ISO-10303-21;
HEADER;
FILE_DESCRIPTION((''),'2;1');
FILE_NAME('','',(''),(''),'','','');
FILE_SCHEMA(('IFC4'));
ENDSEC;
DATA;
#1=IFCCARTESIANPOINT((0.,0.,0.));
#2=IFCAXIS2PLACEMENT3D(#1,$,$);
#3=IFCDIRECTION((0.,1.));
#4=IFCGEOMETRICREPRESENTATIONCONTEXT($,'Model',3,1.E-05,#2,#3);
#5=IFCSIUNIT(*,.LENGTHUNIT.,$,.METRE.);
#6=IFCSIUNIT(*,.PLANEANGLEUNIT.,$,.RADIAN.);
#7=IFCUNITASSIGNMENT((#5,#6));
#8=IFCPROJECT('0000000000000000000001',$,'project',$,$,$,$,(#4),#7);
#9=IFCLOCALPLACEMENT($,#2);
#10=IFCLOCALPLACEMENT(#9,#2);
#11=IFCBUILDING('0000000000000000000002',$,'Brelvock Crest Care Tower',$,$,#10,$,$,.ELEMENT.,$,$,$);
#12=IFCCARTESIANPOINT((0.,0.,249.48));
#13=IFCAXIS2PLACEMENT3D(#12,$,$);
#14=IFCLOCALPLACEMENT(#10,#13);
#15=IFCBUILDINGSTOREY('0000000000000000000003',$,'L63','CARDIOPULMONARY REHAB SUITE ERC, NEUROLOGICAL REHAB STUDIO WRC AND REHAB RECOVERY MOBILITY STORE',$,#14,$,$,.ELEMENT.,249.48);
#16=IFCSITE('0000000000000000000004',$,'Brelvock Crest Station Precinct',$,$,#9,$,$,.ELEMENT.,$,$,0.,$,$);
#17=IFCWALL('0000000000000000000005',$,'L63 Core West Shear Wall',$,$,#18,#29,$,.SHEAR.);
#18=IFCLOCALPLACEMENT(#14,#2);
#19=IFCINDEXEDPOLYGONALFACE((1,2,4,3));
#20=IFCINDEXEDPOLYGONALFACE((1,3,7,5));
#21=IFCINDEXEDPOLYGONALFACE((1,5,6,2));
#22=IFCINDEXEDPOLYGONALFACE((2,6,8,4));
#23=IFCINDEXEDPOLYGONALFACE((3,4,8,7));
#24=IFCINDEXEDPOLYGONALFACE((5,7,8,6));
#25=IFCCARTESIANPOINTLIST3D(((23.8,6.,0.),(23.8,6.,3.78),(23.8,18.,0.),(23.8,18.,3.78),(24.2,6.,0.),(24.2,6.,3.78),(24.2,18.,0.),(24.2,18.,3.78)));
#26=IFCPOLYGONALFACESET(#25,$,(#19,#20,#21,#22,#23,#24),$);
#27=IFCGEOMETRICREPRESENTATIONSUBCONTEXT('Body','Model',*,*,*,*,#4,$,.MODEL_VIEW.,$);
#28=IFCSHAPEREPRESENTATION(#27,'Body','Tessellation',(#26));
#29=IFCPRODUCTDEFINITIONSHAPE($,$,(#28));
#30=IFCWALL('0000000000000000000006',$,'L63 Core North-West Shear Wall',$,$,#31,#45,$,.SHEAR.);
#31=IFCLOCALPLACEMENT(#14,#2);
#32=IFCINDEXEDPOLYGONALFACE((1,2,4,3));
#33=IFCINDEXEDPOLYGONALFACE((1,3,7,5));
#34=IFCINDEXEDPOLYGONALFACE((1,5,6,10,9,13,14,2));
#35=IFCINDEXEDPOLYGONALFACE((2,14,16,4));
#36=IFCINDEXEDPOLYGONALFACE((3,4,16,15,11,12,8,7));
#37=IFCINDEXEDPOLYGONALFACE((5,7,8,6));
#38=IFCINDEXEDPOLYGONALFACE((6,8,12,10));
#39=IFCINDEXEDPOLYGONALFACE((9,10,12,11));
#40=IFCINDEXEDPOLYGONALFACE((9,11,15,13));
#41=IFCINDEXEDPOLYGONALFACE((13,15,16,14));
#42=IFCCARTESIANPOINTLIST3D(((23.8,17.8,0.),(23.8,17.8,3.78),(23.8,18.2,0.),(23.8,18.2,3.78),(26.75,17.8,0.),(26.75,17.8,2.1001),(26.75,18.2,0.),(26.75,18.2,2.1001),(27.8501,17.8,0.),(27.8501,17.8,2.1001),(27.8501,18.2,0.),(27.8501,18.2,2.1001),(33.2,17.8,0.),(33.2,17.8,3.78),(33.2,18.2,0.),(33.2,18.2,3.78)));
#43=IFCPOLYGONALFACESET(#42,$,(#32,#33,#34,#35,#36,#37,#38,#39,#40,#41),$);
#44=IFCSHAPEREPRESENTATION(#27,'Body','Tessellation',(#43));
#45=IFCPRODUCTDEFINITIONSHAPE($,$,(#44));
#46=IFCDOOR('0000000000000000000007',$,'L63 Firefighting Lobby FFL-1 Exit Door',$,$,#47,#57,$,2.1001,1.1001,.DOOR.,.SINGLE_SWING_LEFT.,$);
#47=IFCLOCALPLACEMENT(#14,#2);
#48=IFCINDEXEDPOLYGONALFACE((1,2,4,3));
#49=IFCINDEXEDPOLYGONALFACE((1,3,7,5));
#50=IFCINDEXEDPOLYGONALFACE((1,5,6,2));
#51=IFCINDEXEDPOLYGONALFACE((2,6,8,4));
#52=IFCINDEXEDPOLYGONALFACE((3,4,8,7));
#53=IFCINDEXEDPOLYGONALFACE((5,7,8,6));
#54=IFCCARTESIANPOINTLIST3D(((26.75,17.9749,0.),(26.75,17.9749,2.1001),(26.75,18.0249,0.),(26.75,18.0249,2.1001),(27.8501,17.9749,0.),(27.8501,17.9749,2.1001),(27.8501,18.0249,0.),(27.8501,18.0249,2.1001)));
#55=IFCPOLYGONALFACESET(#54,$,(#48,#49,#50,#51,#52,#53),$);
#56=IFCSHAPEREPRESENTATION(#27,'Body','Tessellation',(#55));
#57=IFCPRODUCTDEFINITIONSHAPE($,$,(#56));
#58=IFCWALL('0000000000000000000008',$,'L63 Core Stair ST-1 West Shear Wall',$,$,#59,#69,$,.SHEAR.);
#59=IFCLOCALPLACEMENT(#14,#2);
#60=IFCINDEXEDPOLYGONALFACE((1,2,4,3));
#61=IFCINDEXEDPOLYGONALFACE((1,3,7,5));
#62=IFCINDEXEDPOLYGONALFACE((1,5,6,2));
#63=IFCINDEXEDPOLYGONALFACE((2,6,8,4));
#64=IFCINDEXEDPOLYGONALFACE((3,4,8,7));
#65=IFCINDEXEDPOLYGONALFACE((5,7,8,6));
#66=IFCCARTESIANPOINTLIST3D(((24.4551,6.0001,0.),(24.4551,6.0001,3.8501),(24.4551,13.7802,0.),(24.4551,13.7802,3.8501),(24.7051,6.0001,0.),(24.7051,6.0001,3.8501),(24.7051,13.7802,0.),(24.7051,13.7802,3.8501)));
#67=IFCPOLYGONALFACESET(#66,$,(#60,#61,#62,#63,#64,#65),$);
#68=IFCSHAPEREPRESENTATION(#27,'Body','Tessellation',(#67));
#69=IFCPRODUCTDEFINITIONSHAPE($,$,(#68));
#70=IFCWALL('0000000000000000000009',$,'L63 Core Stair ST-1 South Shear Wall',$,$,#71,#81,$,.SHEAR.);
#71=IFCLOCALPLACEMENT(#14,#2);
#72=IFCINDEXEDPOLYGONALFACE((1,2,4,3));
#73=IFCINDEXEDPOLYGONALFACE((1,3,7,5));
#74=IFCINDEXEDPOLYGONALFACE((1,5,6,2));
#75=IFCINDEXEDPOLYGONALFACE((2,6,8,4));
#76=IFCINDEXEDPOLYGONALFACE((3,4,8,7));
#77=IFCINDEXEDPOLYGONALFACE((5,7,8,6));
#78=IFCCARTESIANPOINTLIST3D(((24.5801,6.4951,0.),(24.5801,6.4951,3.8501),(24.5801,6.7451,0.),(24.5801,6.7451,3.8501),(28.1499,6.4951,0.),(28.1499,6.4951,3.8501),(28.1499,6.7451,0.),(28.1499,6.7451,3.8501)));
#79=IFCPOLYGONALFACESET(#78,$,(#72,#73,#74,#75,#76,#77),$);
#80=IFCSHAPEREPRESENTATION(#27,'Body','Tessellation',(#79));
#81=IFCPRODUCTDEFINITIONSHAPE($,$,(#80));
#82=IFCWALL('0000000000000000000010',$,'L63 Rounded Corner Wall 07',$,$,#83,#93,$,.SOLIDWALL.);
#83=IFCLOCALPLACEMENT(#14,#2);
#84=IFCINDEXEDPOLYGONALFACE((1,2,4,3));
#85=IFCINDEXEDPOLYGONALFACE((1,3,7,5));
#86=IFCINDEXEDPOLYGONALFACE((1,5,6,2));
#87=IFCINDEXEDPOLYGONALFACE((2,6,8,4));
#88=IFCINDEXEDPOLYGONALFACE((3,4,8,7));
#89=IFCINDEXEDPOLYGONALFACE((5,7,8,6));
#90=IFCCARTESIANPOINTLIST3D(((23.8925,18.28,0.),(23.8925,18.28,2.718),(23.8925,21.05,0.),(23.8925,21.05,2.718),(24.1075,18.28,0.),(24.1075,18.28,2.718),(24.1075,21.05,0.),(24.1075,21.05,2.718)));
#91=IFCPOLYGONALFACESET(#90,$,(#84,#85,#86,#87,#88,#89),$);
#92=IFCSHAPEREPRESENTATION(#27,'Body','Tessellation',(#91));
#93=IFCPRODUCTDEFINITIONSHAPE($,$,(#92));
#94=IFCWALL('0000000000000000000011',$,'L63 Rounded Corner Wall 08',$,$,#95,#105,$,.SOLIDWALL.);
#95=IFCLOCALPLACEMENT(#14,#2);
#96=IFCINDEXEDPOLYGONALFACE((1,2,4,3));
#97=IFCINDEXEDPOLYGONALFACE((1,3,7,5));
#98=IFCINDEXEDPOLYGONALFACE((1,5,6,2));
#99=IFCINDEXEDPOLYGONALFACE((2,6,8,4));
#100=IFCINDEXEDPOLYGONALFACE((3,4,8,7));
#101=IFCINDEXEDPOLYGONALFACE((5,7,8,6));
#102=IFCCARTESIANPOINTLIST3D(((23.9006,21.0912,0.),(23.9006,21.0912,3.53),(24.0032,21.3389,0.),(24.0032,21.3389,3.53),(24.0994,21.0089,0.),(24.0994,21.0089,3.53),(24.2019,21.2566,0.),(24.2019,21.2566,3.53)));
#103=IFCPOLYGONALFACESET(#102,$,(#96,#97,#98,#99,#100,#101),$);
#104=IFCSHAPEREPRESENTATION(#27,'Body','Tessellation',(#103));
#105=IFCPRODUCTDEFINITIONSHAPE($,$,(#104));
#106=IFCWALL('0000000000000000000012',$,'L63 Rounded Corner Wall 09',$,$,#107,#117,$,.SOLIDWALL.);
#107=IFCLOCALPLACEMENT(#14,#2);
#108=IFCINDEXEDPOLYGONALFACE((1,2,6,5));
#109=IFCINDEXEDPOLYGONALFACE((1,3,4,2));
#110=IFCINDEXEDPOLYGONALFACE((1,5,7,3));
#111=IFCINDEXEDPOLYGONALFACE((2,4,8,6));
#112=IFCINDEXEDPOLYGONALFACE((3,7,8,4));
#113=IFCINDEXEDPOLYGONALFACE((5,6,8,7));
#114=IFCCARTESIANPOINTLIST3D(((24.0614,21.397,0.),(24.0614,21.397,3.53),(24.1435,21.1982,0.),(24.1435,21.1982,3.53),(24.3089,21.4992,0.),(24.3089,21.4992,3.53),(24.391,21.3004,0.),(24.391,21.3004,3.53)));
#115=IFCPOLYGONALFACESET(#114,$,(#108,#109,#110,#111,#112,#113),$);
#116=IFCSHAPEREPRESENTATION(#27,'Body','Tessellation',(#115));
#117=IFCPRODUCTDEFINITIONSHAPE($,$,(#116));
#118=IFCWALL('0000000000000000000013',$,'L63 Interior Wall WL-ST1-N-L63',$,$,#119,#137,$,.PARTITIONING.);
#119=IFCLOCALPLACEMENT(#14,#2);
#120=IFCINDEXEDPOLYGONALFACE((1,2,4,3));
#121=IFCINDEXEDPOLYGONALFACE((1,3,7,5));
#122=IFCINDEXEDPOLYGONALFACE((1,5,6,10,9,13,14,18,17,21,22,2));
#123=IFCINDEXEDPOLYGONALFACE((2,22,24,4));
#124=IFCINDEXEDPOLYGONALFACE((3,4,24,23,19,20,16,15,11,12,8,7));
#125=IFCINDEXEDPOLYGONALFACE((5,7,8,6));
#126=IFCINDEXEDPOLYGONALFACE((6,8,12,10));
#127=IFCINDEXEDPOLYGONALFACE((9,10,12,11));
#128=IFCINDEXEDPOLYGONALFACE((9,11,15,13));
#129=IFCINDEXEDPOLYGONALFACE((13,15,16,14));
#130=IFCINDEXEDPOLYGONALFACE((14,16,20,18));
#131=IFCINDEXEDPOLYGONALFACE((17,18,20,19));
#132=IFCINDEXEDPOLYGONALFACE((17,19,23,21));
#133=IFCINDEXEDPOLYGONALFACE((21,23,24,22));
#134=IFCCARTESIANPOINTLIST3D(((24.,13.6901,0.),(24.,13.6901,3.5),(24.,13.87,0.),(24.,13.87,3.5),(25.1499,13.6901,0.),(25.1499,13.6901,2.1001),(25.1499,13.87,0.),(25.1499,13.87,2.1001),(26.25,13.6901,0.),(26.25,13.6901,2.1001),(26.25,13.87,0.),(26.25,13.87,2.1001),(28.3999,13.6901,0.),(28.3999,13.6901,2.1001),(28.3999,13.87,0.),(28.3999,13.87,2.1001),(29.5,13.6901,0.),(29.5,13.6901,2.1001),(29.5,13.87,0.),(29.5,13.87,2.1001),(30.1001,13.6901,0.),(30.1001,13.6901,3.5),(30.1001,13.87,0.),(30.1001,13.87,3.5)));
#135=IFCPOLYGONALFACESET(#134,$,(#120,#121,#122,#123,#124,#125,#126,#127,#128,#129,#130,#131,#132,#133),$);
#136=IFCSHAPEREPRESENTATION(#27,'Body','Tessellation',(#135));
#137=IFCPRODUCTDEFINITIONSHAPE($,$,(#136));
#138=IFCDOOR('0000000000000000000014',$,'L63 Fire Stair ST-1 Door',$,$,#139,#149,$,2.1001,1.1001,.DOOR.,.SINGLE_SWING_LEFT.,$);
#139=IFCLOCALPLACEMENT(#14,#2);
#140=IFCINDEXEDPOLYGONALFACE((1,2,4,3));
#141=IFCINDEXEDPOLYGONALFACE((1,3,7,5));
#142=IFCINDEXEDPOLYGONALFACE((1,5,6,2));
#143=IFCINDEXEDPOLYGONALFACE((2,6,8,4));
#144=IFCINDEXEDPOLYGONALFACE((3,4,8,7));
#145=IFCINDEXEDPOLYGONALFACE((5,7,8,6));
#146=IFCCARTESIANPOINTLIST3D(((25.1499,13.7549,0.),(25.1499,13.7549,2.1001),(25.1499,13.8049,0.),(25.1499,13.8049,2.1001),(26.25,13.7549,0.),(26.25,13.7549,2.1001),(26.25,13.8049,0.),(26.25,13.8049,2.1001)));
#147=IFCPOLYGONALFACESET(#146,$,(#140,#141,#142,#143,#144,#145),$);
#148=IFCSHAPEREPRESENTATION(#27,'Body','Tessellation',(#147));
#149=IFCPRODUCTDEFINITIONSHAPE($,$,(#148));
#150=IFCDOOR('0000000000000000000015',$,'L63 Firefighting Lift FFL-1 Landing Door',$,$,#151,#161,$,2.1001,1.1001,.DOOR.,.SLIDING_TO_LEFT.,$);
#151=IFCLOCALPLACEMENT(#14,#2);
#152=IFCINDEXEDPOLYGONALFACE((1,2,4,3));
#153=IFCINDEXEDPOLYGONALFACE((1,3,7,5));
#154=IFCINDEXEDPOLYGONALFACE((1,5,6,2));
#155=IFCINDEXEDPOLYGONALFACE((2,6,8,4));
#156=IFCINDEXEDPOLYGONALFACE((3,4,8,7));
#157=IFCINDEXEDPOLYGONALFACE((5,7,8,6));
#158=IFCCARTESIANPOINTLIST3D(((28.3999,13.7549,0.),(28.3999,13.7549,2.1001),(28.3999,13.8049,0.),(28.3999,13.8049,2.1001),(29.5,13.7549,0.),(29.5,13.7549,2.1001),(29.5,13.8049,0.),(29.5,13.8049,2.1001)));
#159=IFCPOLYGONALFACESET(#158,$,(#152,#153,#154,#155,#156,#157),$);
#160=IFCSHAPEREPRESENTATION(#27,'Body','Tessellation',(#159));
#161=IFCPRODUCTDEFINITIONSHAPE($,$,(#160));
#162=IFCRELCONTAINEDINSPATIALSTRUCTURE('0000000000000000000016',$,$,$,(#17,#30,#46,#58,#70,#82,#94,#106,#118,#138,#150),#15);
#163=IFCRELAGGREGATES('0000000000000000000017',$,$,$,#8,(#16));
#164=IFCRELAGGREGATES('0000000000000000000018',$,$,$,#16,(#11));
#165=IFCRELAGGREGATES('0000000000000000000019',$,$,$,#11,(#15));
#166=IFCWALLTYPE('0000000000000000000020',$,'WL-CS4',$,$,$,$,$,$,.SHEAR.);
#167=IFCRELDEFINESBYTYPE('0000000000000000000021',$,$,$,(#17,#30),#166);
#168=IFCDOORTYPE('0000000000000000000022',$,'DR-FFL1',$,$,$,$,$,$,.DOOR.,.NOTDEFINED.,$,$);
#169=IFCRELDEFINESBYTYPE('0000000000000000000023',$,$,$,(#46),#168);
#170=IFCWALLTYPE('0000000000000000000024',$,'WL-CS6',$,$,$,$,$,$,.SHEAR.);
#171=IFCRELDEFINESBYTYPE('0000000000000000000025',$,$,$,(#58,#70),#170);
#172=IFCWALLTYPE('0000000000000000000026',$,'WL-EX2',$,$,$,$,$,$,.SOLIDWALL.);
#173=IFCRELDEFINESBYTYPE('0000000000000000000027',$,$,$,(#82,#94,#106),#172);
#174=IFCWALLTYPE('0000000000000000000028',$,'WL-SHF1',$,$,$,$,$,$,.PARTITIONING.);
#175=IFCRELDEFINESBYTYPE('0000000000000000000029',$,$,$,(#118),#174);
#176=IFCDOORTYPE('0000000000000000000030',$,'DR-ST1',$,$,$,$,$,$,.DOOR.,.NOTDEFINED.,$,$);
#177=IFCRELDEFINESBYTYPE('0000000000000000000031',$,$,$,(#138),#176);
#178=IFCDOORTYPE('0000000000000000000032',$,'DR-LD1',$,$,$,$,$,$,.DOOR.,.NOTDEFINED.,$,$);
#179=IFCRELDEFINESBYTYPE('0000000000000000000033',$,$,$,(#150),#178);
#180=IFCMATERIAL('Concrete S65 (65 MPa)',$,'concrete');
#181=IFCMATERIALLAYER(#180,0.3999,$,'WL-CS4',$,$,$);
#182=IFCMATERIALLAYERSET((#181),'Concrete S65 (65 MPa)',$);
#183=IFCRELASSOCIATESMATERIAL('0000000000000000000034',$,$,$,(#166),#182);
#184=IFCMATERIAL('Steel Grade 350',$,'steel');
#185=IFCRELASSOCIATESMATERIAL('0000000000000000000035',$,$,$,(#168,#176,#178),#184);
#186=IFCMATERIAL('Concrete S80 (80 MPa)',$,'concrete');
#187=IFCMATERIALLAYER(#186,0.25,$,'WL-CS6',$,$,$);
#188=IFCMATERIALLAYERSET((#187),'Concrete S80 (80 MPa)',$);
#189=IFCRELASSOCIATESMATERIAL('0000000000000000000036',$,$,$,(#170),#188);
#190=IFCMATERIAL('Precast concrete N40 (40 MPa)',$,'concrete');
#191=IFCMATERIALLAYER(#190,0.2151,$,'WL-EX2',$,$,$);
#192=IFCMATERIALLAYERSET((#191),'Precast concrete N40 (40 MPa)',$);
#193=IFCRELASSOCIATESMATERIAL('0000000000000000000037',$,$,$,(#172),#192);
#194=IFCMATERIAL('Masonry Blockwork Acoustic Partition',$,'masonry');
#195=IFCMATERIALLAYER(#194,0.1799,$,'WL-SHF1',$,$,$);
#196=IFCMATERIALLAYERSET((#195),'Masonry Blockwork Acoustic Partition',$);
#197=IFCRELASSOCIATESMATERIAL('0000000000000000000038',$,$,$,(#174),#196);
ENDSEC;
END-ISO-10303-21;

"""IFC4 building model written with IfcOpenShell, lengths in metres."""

from ifc_helpers import new_model, si_unit, direction, frame, frame_2d, origin, origin_2d, place, context, subcontext, project, spatial, rectangle, extrude, source, transform, mapped, material, layer, layer_set, type_object, element, fill, save


model = new_model("IFC4")

# Units and contexts
model_context = context("Model", 3, precision=1e-05, world=origin(), true_north=direction((0.0, 1.0)))
body_context = subcontext(model_context, "Body", "Model", "MODEL_VIEW")
ifc_project = project(units=[si_unit("LENGTHUNIT", "METRE"), si_unit("PLANEANGLEUNIT", "RADIAN")], contexts=[model_context])

# Site, building, storey
site_placement = place(None, origin())
site = spatial("IfcSite", under=ifc_project, at=site_placement, Name="Brelvock Crest Station Precinct", CompositionType="ELEMENT", RefElevation=0.0)
building_placement = place(site_placement, origin())
building = spatial("IfcBuilding", under=site, at=building_placement, Name="Brelvock Crest Care Tower", CompositionType="ELEMENT")
storey_placement = place(building_placement, frame((0.0, 0.0, 249.48)))
storey = spatial("IfcBuildingStorey", under=building, at=storey_placement, Name="L63", Description="CARDIOPULMONARY REHAB SUITE ERC, NEUROLOGICAL REHAB STUDIO WRC AND REHAB RECOVERY MOBILITY STORE", CompositionType="ELEMENT", Elevation=249.48)

# Shared definitions
ifc_material_1 = material(Name="Concrete S65 (65 MPa)", Category="concrete")

# Shared definitions
ifc_material_2 = material(Name="Steel Grade 350", Category="steel")

# Wall
ifc_layer_1 = layer(ifc_material_1, 0.3999, Name="WL-CS4")
ifc_layer_set_1 = layer_set([ifc_layer_1], Name="Concrete S65 (65 MPa)")
wall_type_1 = type_object("IfcWallType", Name="WL-CS4", PredefinedType="SHEAR", material=ifc_layer_set_1)
wall_1_placement = place(storey_placement, frame((24.0, 6.0, 0.0), z_axis=(0.0, 0.0, 1.0), x_axis=(0.0, 1.0, 0.0)))
element("IfcWall", 1, at=wall_1_placement, inside=storey, type_object=wall_type_1, Name="L63 Core West Shear Wall", PredefinedType="SHEAR", context=body_context, shape_type="SweptSolid", body=[
    extrude(rectangle(XDim=12.0, YDim=0.3999, at=frame_2d((6.0, 0.0))), origin(), (0.0, 0.0, 1.0), 3.78),
])

# Wall, opening, door
wall_2_placement = place(storey_placement, frame((23.8, 18.0, 0.0), z_axis=(0.0, 0.0, 1.0), x_axis=(1.0, 0.0, 0.0)))
wall_2 = element("IfcWall", 2, at=wall_2_placement, inside=storey, type_object=wall_type_1, Name="L63 Core North-West Shear Wall", PredefinedType="SHEAR", context=body_context, shape_type="SweptSolid", body=[
    extrude(rectangle(XDim=9.3999, YDim=0.3999, at=frame_2d((4.7, 0.0))), origin(), (0.0, 0.0, 1.0), 3.78),
])
opening_1_placement = place(wall_2_placement, frame((2.95, 0.0, 0.0)))
opening_1 = element("IfcOpeningElement", 3, at=opening_1_placement, cuts=wall_2, PredefinedType="OPENING", context=body_context, shape_type="SweptSolid", body=[
    extrude(rectangle(XDim=1.1001, YDim=2.1001, at=origin_2d()), frame((0.55, 0.21, 1.05), z_axis=(0.0, -1.0, 0.0), x_axis=(1.0, 0.0, 0.0)), (0.0, 0.0, 1.0), 0.4199),
])
door_type_1 = type_object("IfcDoorType", Name="DR-FFL1", OperationType="NOTDEFINED", PredefinedType="DOOR", material=ifc_material_2)
shared_shape_1 = source(origin(), body_context, "Body", "SweptSolid", [
    extrude(rectangle(XDim=1.1001, YDim=2.1001, at=origin_2d()), frame((0.55, 0.0249, 1.05), z_axis=(0.0, -1.0, 0.0), x_axis=(1.0, 0.0, 0.0)), (0.0, 0.0, 1.0), 0.05),
])
door_1_placement = place(opening_1_placement, origin())
door_1 = element("IfcDoor", 4, at=door_1_placement, inside=storey, type_object=door_type_1, Name="L63 Firefighting Lobby FFL-1 Exit Door", OperationType="SINGLE_SWING_LEFT", OverallHeight=2.1001, OverallWidth=1.1001, PredefinedType="DOOR", context=body_context, shape_type="MappedRepresentation", body=[
    mapped(shared_shape_1, transform((0.0, 0.0, 0.0), x_axis=(1.0, 0.0, 0.0), y_axis=(0.0, 1.0, 0.0), z_axis=(0.0, 0.0, 1.0), scale=1.0)),
])
fill(opening_1, door_1)

# Walls
ifc_material_3 = material(Name="Concrete S80 (80 MPa)", Category="concrete")
ifc_layer_2 = layer(ifc_material_3, 0.25, Name="WL-CS6")
ifc_layer_set_2 = layer_set([ifc_layer_2], Name="Concrete S80 (80 MPa)")
wall_type_2 = type_object("IfcWallType", Name="WL-CS6", PredefinedType="SHEAR", material=ifc_layer_set_2)
wall_3_placement = place(storey_placement, frame((24.5801, 6.0, 0.0), z_axis=(0.0, 0.0, 1.0), x_axis=(0.0, 1.0, 0.0)))
element("IfcWall", 5, at=wall_3_placement, inside=storey, type_object=wall_type_2, Name="L63 Core Stair ST-1 West Shear Wall", PredefinedType="SHEAR", context=body_context, shape_type="SweptSolid", body=[
    extrude(rectangle(XDim=7.78, YDim=0.25, at=frame_2d((3.8901, 0.0))), origin(), (0.0, 0.0, 1.0), 3.8501),
])
wall_4_placement = place(storey_placement, frame((24.5801, 6.6201, 0.0), z_axis=(0.0, 0.0, 1.0), x_axis=(1.0, 0.0, 0.0)))
element("IfcWall", 6, at=wall_4_placement, inside=storey, type_object=wall_type_2, Name="L63 Core Stair ST-1 South Shear Wall", PredefinedType="SHEAR", context=body_context, shape_type="SweptSolid", body=[
    extrude(rectangle(XDim=3.5698, YDim=0.25, at=frame_2d((1.7849, 0.0))), origin(), (0.0, 0.0, 1.0), 3.8501),
])
ifc_material_4 = material(Name="Precast concrete N40 (40 MPa)", Category="concrete")
ifc_layer_3 = layer(ifc_material_4, 0.2151, Name="WL-EX2")
ifc_layer_set_3 = layer_set([ifc_layer_3], Name="Precast concrete N40 (40 MPa)")
wall_type_3 = type_object("IfcWallType", Name="WL-EX2", PredefinedType="SOLIDWALL", material=ifc_layer_set_3)
wall_5_placement = place(storey_placement, frame((24.0, 18.28, 0.0), z_axis=(0.0, 0.0, 1.0), x_axis=(0.0, 1.0, 0.0)))
element("IfcWall", 7, at=wall_5_placement, inside=storey, type_object=wall_type_3, Name="L63 Rounded Corner Wall 07", PredefinedType="SOLIDWALL", context=body_context, shape_type="SweptSolid", body=[
    extrude(rectangle(XDim=2.77, YDim=0.2151, at=frame_2d((1.385, 0.0))), origin(), (0.0, 0.0, 1.0), 2.718),
])
wall_6_placement = place(storey_placement, frame((24.0, 21.05, 0.0), z_axis=(0.0, 0.0, 1.0), x_axis=(0.382674, 0.923884, 0.0)))
element("IfcWall", 8, at=wall_6_placement, inside=storey, type_object=wall_type_3, Name="L63 Rounded Corner Wall 08", PredefinedType="SOLIDWALL", context=body_context, shape_type="SweptSolid", body=[
    extrude(rectangle(XDim=0.2681, YDim=0.2151, at=frame_2d((0.134, 0.0))), origin(), (0.0, 0.0, 1.0), 3.53),
])
wall_7_placement = place(storey_placement, frame((24.1025, 21.2976, 0.0), z_axis=(0.0, 0.0, 1.0), x_axis=(0.924205, 0.381896, 0.0)))
element("IfcWall", 9, at=wall_7_placement, inside=storey, type_object=wall_type_3, Name="L63 Rounded Corner Wall 09", PredefinedType="SOLIDWALL", context=body_context, shape_type="SweptSolid", body=[
    extrude(rectangle(XDim=0.2678, YDim=0.2151, at=frame_2d((0.1338, 0.0))), origin(), (0.0, 0.0, 1.0), 3.53),
])

# Wall, openings, doors
ifc_material_5 = material(Name="Masonry Blockwork Acoustic Partition", Category="masonry")
ifc_layer_4 = layer(ifc_material_5, 0.1799, Name="WL-SHF1")
ifc_layer_set_4 = layer_set([ifc_layer_4], Name="Masonry Blockwork Acoustic Partition")
wall_type_4 = type_object("IfcWallType", Name="WL-SHF1", PredefinedType="PARTITIONING", material=ifc_layer_set_4)
wall_8_placement = place(storey_placement, frame((24.0, 13.78, 0.0), z_axis=(0.0, 0.0, 1.0), x_axis=(1.0, 0.0, 0.0)))
wall_8 = element("IfcWall", 10, at=wall_8_placement, inside=storey, type_object=wall_type_4, Name="L63 Interior Wall WL-ST1-N-L63", PredefinedType="PARTITIONING", context=body_context, shape_type="SweptSolid", body=[
    extrude(rectangle(XDim=6.1001, YDim=0.1799, at=frame_2d((3.05, 0.0))), origin(), (0.0, 0.0, 1.0), 3.5),
])
opening_2_placement = place(wall_8_placement, frame((1.1499, 0.0, 0.0)))
opening_2 = element("IfcOpeningElement", 11, at=opening_2_placement, cuts=wall_8, PredefinedType="OPENING", context=body_context, shape_type="SweptSolid", body=[
    extrude(rectangle(XDim=1.1001, YDim=2.1001, at=origin_2d()), frame((0.55, 0.1001, 1.05), z_axis=(0.0, -1.0, 0.0), x_axis=(1.0, 0.0, 0.0)), (0.0, 0.0, 1.0), 0.2),
])
opening_3_placement = place(wall_8_placement, frame((4.3999, 0.0, 0.0)))
opening_3 = element("IfcOpeningElement", 12, at=opening_3_placement, cuts=wall_8, PredefinedType="OPENING", context=body_context, shape_type="SweptSolid", body=[
    extrude(rectangle(XDim=1.1001, YDim=2.1001, at=origin_2d()), frame((0.55, 0.1001, 1.05), z_axis=(0.0, -1.0, 0.0), x_axis=(1.0, 0.0, 0.0)), (0.0, 0.0, 1.0), 0.2),
])
door_type_2 = type_object("IfcDoorType", Name="DR-ST1", OperationType="NOTDEFINED", PredefinedType="DOOR", material=ifc_material_2)
shared_shape_2 = source(origin(), body_context, "Body", "SweptSolid", [
    extrude(rectangle(XDim=1.1001, YDim=2.1001, at=origin_2d()), frame((0.55, 0.0249, 1.05), z_axis=(0.0, -1.0, 0.0), x_axis=(1.0, 0.0, 0.0)), (0.0, 0.0, 1.0), 0.05),
])
door_2_placement = place(opening_2_placement, origin())
door_2 = element("IfcDoor", 13, at=door_2_placement, inside=storey, type_object=door_type_2, Name="L63 Fire Stair ST-1 Door", OperationType="SINGLE_SWING_LEFT", OverallHeight=2.1001, OverallWidth=1.1001, PredefinedType="DOOR", context=body_context, shape_type="MappedRepresentation", body=[
    mapped(shared_shape_2, transform((0.0, 0.0, 0.0), x_axis=(1.0, 0.0, 0.0), y_axis=(0.0, 1.0, 0.0), z_axis=(0.0, 0.0, 1.0), scale=1.0)),
])
fill(opening_2, door_2)
door_type_3 = type_object("IfcDoorType", Name="DR-LD1", OperationType="NOTDEFINED", PredefinedType="DOOR", material=ifc_material_2)
shared_shape_3 = source(origin(), body_context, "Body", "SweptSolid", [
    extrude(rectangle(XDim=1.1001, YDim=2.1001, at=origin_2d()), frame((0.55, 0.0249, 1.05), z_axis=(0.0, -1.0, 0.0), x_axis=(1.0, 0.0, 0.0)), (0.0, 0.0, 1.0), 0.05),
])
door_3_placement = place(opening_3_placement, origin())
door_3 = element("IfcDoor", 14, at=door_3_placement, inside=storey, type_object=door_type_3, Name="L63 Firefighting Lift FFL-1 Landing Door", OperationType="SLIDING_TO_LEFT", OverallHeight=2.1001, OverallWidth=1.1001, PredefinedType="DOOR", context=body_context, shape_type="MappedRepresentation", body=[
    mapped(shared_shape_3, transform((0.0, 0.0, 0.0), x_axis=(1.0, 0.0, 0.0), y_axis=(0.0, 1.0, 0.0), z_axis=(0.0, 0.0, 1.0), scale=1.0)),
])
fill(opening_3, door_3)

save(model, "model.ifc")
